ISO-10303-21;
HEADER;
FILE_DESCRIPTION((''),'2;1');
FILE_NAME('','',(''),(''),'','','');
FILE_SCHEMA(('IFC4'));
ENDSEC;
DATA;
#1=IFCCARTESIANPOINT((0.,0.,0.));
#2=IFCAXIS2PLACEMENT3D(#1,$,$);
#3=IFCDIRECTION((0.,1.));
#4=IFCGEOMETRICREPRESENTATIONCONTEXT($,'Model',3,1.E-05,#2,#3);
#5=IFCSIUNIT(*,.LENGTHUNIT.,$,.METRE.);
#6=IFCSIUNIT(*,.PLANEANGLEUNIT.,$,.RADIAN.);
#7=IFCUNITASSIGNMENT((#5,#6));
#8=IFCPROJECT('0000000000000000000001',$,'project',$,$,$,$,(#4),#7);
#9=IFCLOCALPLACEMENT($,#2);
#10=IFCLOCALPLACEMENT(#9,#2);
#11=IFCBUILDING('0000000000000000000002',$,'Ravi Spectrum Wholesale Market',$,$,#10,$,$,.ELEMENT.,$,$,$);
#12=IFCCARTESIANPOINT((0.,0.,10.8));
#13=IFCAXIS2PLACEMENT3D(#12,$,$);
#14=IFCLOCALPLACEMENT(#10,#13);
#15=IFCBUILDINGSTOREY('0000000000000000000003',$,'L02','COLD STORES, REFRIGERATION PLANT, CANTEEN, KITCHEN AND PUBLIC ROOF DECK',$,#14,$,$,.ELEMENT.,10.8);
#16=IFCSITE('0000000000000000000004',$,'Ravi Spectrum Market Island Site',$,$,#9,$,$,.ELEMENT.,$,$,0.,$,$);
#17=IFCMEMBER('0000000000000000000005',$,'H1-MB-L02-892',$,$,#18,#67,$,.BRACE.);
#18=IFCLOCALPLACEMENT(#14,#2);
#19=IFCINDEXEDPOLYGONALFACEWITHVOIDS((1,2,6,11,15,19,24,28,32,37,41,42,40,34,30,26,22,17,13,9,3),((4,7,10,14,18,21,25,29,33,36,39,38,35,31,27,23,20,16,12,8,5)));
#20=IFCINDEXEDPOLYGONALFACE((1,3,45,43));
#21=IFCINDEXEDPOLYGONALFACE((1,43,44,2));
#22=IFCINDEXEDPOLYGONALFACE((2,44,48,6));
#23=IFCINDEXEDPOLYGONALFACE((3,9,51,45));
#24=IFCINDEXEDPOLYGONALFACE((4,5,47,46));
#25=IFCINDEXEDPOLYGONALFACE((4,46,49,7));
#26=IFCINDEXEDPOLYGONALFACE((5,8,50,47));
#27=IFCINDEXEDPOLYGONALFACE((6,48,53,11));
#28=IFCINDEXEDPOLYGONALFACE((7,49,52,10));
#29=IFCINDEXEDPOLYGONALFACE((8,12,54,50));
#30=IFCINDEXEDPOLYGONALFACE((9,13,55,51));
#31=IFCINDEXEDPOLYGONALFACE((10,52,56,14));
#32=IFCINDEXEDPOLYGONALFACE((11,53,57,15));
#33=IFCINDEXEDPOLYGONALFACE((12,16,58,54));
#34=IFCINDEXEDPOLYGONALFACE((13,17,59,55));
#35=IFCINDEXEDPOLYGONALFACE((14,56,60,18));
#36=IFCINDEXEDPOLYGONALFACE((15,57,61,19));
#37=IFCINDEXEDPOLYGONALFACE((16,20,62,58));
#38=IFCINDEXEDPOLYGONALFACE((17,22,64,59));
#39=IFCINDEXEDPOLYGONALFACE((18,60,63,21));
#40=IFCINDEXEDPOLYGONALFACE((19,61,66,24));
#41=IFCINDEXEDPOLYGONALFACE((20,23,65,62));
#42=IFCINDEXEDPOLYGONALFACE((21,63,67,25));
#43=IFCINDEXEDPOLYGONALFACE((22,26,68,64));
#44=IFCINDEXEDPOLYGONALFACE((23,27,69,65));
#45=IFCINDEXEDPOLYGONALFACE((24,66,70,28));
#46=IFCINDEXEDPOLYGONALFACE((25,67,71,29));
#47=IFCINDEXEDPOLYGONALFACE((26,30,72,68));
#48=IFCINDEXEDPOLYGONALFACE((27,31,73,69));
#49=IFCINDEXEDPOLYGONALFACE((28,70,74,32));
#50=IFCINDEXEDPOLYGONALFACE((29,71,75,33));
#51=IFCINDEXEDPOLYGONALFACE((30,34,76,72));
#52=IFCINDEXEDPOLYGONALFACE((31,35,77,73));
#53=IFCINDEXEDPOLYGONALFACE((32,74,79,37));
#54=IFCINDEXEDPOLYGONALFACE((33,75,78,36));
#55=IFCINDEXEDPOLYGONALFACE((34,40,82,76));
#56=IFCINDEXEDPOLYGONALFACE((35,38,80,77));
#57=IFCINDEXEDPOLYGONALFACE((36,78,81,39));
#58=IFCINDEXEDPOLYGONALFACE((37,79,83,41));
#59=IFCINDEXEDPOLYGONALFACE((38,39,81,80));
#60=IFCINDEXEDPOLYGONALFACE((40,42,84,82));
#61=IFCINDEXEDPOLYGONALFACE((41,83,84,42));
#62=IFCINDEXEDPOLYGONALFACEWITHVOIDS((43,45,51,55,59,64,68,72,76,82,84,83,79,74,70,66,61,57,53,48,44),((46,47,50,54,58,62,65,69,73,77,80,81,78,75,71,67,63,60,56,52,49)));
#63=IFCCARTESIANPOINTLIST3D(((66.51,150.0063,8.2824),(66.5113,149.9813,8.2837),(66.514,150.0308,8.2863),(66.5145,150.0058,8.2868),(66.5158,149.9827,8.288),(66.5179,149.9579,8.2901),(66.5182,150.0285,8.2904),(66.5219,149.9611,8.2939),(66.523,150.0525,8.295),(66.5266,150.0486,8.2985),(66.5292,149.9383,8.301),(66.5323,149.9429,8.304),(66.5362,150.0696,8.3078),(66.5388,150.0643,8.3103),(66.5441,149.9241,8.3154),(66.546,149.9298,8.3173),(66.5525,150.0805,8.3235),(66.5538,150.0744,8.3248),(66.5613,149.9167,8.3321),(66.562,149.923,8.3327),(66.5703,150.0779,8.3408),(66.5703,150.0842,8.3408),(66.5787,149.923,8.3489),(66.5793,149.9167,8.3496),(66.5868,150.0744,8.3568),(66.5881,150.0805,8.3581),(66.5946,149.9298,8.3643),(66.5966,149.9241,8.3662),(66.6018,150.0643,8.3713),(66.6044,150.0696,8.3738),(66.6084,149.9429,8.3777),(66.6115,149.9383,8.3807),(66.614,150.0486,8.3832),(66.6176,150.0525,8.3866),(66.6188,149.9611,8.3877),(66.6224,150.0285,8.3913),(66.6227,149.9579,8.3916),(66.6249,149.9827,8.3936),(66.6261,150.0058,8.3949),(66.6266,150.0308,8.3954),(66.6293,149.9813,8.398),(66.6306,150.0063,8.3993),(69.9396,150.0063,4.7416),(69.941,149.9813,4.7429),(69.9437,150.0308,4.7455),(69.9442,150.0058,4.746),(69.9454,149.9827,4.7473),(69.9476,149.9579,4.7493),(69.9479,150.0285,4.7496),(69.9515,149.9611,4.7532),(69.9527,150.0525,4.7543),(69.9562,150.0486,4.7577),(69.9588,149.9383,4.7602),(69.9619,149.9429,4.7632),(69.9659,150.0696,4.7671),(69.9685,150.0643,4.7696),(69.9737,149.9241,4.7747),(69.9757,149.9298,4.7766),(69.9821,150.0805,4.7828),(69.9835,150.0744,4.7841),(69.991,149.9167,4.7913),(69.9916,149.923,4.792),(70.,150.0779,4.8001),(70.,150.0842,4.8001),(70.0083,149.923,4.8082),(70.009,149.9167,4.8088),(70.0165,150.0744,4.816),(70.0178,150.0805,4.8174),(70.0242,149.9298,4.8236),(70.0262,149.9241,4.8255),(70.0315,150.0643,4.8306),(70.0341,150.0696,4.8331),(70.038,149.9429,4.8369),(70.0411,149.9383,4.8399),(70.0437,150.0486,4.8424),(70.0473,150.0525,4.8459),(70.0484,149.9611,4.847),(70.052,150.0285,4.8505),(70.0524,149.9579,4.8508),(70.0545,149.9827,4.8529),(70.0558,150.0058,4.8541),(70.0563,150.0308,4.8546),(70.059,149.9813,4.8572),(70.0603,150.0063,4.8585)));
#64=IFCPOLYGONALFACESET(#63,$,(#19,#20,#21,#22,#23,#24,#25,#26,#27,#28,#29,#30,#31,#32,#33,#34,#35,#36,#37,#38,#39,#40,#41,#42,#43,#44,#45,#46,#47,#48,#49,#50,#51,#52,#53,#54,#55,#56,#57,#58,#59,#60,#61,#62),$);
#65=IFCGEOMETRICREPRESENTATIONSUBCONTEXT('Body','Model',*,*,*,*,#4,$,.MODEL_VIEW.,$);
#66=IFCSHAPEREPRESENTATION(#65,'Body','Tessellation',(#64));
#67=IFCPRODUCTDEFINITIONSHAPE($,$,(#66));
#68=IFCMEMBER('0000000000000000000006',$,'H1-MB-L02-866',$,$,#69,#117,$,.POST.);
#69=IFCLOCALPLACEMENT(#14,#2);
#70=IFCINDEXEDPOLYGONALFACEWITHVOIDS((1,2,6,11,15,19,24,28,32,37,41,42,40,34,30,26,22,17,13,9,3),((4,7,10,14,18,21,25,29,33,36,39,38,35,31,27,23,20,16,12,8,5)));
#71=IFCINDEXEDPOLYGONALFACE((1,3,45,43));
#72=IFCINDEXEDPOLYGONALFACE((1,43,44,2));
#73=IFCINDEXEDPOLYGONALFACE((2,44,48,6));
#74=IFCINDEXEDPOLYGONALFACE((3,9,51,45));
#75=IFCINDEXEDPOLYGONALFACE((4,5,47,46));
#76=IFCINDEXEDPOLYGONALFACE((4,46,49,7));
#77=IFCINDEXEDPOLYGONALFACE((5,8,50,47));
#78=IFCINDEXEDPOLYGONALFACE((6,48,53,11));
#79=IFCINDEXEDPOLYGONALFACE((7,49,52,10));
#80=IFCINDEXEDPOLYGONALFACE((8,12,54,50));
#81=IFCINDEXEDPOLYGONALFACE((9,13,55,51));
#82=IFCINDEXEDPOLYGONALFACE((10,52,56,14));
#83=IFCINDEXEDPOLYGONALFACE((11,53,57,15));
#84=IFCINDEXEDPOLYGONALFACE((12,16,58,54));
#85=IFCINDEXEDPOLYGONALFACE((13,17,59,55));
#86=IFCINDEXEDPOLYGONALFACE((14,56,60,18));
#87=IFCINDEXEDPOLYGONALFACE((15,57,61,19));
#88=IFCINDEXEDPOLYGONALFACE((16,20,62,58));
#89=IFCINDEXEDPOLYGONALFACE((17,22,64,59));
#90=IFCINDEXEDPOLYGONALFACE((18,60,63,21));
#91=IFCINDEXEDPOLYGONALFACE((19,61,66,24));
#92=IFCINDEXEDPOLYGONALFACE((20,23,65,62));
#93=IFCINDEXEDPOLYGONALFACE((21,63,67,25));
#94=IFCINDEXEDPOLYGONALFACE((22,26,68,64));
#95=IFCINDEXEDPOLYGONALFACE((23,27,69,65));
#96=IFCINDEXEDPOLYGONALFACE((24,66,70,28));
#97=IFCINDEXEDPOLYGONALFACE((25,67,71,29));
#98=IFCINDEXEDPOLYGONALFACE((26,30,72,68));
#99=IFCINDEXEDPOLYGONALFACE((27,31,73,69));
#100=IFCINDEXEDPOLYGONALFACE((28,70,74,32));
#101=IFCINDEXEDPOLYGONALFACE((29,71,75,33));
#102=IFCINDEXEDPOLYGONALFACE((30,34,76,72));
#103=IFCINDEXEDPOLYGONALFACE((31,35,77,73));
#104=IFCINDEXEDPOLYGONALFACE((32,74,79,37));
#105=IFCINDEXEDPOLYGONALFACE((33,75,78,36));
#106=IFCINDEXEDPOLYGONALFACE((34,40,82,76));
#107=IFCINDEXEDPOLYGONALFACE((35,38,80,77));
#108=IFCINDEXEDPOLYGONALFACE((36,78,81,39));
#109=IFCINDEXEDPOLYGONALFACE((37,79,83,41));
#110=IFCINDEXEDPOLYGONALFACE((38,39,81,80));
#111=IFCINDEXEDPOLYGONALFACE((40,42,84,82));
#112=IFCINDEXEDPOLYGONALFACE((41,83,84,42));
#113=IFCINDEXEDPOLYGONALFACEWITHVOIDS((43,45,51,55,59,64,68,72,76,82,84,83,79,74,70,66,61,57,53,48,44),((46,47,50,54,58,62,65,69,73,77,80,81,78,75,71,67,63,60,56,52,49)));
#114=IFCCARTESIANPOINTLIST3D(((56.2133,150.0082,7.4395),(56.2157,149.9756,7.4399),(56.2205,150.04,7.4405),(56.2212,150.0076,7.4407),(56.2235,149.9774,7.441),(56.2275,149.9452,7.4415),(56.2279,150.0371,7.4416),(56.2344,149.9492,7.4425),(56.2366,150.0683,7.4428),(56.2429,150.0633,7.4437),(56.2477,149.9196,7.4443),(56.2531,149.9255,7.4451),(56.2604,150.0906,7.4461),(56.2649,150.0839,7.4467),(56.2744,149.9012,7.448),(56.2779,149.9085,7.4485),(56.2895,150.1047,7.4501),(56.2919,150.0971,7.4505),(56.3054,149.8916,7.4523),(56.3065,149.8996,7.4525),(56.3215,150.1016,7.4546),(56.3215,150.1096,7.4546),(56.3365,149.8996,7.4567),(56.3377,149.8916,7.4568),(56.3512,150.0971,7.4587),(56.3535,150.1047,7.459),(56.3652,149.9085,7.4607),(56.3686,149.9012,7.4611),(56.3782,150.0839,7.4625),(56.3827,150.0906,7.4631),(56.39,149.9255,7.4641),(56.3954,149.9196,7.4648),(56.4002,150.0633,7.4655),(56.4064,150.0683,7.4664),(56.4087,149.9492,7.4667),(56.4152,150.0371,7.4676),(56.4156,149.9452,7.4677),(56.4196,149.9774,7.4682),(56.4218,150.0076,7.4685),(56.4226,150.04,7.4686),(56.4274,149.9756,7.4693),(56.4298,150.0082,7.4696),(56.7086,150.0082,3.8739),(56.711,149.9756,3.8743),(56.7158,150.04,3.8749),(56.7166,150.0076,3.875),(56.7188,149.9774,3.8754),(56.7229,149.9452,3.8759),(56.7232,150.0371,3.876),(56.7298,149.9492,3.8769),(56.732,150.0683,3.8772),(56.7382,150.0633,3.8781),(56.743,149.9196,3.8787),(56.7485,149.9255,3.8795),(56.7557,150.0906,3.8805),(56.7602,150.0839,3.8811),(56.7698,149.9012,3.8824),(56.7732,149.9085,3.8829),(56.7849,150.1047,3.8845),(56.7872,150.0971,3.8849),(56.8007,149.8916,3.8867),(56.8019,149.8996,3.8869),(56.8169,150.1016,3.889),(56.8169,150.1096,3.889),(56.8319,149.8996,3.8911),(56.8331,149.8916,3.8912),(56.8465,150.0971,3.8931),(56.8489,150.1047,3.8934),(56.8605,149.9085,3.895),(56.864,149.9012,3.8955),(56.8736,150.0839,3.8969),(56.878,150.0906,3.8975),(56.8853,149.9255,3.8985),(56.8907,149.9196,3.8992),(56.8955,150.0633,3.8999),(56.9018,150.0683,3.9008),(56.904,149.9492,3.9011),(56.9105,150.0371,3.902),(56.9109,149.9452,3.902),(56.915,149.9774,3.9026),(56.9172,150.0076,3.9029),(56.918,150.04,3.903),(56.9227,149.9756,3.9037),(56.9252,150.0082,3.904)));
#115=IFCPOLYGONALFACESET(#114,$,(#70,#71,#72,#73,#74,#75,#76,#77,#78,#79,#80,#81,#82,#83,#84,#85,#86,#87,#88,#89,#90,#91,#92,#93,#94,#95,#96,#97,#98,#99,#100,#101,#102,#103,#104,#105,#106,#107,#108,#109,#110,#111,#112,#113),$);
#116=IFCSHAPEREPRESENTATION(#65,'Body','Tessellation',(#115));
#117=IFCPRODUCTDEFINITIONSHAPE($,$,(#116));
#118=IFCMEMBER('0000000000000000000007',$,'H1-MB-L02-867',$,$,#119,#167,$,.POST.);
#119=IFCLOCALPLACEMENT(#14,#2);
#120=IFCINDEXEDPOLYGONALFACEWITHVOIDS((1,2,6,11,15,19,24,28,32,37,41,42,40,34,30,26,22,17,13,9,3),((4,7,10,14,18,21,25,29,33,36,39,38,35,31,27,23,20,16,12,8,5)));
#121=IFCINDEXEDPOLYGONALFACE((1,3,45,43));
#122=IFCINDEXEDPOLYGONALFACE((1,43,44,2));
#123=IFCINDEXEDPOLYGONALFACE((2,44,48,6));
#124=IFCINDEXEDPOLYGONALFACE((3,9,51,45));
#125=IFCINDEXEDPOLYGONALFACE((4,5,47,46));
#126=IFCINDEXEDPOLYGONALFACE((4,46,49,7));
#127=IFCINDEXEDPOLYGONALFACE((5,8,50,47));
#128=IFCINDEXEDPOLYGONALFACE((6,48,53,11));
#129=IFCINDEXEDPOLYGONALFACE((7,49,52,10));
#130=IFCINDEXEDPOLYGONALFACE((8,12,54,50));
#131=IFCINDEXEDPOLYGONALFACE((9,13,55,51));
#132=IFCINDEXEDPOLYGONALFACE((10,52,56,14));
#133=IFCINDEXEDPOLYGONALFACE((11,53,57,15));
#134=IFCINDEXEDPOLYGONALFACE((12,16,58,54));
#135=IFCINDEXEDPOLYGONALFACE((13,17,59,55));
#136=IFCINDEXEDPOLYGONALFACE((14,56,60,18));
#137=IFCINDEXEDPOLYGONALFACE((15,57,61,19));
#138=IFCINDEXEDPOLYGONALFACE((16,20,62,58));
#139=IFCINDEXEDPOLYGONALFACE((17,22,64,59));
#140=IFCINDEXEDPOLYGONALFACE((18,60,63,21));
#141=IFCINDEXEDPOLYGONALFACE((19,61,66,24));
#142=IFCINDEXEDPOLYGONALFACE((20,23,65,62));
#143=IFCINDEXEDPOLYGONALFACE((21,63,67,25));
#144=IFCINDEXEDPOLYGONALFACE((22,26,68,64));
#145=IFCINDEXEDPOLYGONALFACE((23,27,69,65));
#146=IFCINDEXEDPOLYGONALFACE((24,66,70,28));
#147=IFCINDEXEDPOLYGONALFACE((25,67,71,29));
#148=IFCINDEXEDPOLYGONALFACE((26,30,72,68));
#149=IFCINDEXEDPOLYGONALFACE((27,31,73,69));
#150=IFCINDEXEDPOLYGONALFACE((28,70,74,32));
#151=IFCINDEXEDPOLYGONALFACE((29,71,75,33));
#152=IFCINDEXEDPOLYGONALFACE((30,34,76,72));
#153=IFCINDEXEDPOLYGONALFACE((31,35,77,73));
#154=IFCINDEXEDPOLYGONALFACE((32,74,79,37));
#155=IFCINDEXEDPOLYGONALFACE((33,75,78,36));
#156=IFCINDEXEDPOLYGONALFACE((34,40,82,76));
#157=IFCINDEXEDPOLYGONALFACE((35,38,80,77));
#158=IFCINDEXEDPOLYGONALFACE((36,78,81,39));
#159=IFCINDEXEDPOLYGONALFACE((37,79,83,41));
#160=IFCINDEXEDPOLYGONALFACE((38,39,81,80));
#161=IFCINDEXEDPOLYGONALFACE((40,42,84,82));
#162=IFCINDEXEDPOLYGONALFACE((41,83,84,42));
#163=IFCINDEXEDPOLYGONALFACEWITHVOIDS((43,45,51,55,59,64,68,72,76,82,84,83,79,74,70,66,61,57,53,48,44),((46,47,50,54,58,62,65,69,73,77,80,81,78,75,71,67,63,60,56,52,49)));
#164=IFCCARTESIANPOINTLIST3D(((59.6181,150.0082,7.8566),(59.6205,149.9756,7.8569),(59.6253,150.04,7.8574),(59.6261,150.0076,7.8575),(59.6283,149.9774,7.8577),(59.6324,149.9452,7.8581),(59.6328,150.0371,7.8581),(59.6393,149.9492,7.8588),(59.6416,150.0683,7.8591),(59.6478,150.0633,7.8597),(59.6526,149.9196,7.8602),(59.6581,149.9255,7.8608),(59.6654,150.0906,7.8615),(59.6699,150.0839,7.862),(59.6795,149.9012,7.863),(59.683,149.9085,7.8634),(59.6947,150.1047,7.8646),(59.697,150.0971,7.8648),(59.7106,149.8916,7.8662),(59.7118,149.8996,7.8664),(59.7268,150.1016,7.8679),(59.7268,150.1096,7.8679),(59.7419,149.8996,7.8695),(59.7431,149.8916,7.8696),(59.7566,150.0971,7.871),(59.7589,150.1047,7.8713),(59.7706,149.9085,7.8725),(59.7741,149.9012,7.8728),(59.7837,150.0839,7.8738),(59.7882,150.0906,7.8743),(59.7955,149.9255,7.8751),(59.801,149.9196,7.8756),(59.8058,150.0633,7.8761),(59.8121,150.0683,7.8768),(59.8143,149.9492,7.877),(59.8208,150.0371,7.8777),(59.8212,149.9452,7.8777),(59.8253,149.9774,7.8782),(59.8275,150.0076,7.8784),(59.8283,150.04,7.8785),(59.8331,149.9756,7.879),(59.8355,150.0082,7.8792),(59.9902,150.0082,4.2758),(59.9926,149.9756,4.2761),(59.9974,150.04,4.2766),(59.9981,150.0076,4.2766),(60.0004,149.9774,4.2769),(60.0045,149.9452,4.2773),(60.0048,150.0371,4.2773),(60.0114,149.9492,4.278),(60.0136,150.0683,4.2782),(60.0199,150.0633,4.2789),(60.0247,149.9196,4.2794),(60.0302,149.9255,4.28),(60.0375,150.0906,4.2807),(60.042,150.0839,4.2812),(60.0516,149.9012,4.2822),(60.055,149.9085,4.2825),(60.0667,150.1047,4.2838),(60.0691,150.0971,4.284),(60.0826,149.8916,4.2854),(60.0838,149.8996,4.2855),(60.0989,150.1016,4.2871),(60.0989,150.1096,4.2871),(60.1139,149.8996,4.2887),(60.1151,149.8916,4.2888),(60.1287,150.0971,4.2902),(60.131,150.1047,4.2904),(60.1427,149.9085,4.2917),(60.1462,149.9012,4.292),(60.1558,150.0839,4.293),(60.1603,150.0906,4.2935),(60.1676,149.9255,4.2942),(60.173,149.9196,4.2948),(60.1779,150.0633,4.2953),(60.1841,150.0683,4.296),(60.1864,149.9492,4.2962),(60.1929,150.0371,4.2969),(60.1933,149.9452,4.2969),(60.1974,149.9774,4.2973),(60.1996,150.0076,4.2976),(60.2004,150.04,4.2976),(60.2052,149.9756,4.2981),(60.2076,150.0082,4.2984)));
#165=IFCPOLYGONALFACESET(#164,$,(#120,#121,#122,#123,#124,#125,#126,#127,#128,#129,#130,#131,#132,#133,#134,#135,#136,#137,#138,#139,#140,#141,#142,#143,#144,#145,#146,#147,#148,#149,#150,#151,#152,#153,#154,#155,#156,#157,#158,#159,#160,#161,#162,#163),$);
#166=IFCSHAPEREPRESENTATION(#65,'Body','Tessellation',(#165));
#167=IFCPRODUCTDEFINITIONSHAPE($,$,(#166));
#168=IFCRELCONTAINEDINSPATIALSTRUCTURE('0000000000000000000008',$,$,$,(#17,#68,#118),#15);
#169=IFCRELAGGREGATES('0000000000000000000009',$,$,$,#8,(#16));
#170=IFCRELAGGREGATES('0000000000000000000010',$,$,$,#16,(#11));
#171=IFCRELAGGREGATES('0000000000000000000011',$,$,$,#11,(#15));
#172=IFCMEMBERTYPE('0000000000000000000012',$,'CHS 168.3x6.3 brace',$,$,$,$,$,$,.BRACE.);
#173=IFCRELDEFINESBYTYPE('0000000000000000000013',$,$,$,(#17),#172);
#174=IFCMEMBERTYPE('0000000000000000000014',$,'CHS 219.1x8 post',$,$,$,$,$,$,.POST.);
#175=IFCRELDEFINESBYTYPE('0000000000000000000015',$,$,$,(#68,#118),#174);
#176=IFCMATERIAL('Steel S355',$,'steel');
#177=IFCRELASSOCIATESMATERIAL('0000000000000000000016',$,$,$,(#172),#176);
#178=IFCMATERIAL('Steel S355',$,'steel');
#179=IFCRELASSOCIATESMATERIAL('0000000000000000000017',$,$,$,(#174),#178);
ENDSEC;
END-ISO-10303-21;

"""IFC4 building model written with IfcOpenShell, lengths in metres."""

from ifc_helpers import new_model, si_unit, direction, frame, origin, origin_2d, place, context, subcontext, project, spatial, hollow_circle, extrude, material, material_profile, profile_set, type_object, element, save


model = new_model("IFC4")

# Units and contexts
model_context = context("Model", 3, precision=1e-05, world=origin(), true_north=direction((0.0, 1.0)))
body_context = subcontext(model_context, "Body", "Model", "MODEL_VIEW")
ifc_project = project(units=[si_unit("LENGTHUNIT", "METRE"), si_unit("PLANEANGLEUNIT", "RADIAN")], contexts=[model_context])

# Site, building, storey
site_placement = place(None, origin())
site = spatial("IfcSite", under=ifc_project, at=site_placement, Name="Ravi Spectrum Market Island Site", CompositionType="ELEMENT", RefElevation=0.0)
building_placement = place(site_placement, origin())
building = spatial("IfcBuilding", under=site, at=building_placement, Name="Ravi Spectrum Wholesale Market", CompositionType="ELEMENT")
storey_placement = place(building_placement, frame((0.0, 0.0, 10.8)))
storey = spatial("IfcBuildingStorey", under=building, at=storey_placement, Name="L02", Description="COLD STORES, REFRIGERATION PLANT, CANTEEN, KITCHEN AND PUBLIC ROOF DECK", CompositionType="ELEMENT", Elevation=10.8)

# Members
ifc_material_1 = material(Name="Steel S355", Category="steel")
ifc_material_profile_1 = material_profile(ifc_material_1, hollow_circle(Radius=0.0842, WallThickness=0.0063, at=origin_2d()))
ifc_profile_set_1 = profile_set([ifc_material_profile_1], Name="Steel S355")
member_type_1 = type_object("IfcMemberType", Name="CHS 168.3x6.3 brace", PredefinedType="BRACE", material=ifc_profile_set_1)
for number, where, z_axis, x_axis, name in (
    (1, (66.5703, 150.0, 8.3408), (0.69575, 0.0, -0.718284), (0.0, 1.0, 0.0), "H1-MB-L02-892"),
):
    element("IfcMember", number, at=place(storey_placement, frame(where, z_axis=z_axis, x_axis=x_axis)), inside=storey, type_object=member_type_1, Name=name, PredefinedType="BRACE", context=body_context, shape_type="SweptSolid", body=[
        extrude(hollow_circle(Radius=0.0842, WallThickness=0.0063, at=origin_2d()), origin(), (0.0, 0.0, 1.0), 4.9294),
    ])
ifc_material_2 = material(Name="Steel S355", Category="steel")
ifc_material_profile_2 = material_profile(ifc_material_2, hollow_circle(Radius=0.1096, WallThickness=0.0081, at=origin_2d()))
ifc_profile_set_2 = profile_set([ifc_material_profile_2], Name="Steel S355")
member_type_2 = type_object("IfcMemberType", Name="CHS 219.1x8 post", PredefinedType="POST", material=ifc_profile_set_2)
member_1_placement = place(storey_placement, frame((56.3215, 150.0, 7.4546), z_axis=(0.137603, 0.0, -0.990487), x_axis=(0.0, 1.0, 0.0)))
element("IfcMember", 2, at=member_1_placement, inside=storey, type_object=member_type_2, Name="H1-MB-L02-866", PredefinedType="POST", context=body_context, shape_type="SweptSolid", body=[
    extrude(hollow_circle(Radius=0.1096, WallThickness=0.0081, at=origin_2d()), origin(), (0.0, 0.0, 1.0), 3.5999),
])
member_2_placement = place(storey_placement, frame((59.7268, 150.0, 7.8679), z_axis=(0.10335, 0.0, -0.994645), x_axis=(0.0, 1.0, 0.0)))
element("IfcMember", 3, at=member_2_placement, inside=storey, type_object=member_type_2, Name="H1-MB-L02-867", PredefinedType="POST", context=body_context, shape_type="SweptSolid", body=[
    extrude(hollow_circle(Radius=0.1096, WallThickness=0.0081, at=origin_2d()), origin(), (0.0, 0.0, 1.0), 3.6001),
])

save(model, "model.ifc")
